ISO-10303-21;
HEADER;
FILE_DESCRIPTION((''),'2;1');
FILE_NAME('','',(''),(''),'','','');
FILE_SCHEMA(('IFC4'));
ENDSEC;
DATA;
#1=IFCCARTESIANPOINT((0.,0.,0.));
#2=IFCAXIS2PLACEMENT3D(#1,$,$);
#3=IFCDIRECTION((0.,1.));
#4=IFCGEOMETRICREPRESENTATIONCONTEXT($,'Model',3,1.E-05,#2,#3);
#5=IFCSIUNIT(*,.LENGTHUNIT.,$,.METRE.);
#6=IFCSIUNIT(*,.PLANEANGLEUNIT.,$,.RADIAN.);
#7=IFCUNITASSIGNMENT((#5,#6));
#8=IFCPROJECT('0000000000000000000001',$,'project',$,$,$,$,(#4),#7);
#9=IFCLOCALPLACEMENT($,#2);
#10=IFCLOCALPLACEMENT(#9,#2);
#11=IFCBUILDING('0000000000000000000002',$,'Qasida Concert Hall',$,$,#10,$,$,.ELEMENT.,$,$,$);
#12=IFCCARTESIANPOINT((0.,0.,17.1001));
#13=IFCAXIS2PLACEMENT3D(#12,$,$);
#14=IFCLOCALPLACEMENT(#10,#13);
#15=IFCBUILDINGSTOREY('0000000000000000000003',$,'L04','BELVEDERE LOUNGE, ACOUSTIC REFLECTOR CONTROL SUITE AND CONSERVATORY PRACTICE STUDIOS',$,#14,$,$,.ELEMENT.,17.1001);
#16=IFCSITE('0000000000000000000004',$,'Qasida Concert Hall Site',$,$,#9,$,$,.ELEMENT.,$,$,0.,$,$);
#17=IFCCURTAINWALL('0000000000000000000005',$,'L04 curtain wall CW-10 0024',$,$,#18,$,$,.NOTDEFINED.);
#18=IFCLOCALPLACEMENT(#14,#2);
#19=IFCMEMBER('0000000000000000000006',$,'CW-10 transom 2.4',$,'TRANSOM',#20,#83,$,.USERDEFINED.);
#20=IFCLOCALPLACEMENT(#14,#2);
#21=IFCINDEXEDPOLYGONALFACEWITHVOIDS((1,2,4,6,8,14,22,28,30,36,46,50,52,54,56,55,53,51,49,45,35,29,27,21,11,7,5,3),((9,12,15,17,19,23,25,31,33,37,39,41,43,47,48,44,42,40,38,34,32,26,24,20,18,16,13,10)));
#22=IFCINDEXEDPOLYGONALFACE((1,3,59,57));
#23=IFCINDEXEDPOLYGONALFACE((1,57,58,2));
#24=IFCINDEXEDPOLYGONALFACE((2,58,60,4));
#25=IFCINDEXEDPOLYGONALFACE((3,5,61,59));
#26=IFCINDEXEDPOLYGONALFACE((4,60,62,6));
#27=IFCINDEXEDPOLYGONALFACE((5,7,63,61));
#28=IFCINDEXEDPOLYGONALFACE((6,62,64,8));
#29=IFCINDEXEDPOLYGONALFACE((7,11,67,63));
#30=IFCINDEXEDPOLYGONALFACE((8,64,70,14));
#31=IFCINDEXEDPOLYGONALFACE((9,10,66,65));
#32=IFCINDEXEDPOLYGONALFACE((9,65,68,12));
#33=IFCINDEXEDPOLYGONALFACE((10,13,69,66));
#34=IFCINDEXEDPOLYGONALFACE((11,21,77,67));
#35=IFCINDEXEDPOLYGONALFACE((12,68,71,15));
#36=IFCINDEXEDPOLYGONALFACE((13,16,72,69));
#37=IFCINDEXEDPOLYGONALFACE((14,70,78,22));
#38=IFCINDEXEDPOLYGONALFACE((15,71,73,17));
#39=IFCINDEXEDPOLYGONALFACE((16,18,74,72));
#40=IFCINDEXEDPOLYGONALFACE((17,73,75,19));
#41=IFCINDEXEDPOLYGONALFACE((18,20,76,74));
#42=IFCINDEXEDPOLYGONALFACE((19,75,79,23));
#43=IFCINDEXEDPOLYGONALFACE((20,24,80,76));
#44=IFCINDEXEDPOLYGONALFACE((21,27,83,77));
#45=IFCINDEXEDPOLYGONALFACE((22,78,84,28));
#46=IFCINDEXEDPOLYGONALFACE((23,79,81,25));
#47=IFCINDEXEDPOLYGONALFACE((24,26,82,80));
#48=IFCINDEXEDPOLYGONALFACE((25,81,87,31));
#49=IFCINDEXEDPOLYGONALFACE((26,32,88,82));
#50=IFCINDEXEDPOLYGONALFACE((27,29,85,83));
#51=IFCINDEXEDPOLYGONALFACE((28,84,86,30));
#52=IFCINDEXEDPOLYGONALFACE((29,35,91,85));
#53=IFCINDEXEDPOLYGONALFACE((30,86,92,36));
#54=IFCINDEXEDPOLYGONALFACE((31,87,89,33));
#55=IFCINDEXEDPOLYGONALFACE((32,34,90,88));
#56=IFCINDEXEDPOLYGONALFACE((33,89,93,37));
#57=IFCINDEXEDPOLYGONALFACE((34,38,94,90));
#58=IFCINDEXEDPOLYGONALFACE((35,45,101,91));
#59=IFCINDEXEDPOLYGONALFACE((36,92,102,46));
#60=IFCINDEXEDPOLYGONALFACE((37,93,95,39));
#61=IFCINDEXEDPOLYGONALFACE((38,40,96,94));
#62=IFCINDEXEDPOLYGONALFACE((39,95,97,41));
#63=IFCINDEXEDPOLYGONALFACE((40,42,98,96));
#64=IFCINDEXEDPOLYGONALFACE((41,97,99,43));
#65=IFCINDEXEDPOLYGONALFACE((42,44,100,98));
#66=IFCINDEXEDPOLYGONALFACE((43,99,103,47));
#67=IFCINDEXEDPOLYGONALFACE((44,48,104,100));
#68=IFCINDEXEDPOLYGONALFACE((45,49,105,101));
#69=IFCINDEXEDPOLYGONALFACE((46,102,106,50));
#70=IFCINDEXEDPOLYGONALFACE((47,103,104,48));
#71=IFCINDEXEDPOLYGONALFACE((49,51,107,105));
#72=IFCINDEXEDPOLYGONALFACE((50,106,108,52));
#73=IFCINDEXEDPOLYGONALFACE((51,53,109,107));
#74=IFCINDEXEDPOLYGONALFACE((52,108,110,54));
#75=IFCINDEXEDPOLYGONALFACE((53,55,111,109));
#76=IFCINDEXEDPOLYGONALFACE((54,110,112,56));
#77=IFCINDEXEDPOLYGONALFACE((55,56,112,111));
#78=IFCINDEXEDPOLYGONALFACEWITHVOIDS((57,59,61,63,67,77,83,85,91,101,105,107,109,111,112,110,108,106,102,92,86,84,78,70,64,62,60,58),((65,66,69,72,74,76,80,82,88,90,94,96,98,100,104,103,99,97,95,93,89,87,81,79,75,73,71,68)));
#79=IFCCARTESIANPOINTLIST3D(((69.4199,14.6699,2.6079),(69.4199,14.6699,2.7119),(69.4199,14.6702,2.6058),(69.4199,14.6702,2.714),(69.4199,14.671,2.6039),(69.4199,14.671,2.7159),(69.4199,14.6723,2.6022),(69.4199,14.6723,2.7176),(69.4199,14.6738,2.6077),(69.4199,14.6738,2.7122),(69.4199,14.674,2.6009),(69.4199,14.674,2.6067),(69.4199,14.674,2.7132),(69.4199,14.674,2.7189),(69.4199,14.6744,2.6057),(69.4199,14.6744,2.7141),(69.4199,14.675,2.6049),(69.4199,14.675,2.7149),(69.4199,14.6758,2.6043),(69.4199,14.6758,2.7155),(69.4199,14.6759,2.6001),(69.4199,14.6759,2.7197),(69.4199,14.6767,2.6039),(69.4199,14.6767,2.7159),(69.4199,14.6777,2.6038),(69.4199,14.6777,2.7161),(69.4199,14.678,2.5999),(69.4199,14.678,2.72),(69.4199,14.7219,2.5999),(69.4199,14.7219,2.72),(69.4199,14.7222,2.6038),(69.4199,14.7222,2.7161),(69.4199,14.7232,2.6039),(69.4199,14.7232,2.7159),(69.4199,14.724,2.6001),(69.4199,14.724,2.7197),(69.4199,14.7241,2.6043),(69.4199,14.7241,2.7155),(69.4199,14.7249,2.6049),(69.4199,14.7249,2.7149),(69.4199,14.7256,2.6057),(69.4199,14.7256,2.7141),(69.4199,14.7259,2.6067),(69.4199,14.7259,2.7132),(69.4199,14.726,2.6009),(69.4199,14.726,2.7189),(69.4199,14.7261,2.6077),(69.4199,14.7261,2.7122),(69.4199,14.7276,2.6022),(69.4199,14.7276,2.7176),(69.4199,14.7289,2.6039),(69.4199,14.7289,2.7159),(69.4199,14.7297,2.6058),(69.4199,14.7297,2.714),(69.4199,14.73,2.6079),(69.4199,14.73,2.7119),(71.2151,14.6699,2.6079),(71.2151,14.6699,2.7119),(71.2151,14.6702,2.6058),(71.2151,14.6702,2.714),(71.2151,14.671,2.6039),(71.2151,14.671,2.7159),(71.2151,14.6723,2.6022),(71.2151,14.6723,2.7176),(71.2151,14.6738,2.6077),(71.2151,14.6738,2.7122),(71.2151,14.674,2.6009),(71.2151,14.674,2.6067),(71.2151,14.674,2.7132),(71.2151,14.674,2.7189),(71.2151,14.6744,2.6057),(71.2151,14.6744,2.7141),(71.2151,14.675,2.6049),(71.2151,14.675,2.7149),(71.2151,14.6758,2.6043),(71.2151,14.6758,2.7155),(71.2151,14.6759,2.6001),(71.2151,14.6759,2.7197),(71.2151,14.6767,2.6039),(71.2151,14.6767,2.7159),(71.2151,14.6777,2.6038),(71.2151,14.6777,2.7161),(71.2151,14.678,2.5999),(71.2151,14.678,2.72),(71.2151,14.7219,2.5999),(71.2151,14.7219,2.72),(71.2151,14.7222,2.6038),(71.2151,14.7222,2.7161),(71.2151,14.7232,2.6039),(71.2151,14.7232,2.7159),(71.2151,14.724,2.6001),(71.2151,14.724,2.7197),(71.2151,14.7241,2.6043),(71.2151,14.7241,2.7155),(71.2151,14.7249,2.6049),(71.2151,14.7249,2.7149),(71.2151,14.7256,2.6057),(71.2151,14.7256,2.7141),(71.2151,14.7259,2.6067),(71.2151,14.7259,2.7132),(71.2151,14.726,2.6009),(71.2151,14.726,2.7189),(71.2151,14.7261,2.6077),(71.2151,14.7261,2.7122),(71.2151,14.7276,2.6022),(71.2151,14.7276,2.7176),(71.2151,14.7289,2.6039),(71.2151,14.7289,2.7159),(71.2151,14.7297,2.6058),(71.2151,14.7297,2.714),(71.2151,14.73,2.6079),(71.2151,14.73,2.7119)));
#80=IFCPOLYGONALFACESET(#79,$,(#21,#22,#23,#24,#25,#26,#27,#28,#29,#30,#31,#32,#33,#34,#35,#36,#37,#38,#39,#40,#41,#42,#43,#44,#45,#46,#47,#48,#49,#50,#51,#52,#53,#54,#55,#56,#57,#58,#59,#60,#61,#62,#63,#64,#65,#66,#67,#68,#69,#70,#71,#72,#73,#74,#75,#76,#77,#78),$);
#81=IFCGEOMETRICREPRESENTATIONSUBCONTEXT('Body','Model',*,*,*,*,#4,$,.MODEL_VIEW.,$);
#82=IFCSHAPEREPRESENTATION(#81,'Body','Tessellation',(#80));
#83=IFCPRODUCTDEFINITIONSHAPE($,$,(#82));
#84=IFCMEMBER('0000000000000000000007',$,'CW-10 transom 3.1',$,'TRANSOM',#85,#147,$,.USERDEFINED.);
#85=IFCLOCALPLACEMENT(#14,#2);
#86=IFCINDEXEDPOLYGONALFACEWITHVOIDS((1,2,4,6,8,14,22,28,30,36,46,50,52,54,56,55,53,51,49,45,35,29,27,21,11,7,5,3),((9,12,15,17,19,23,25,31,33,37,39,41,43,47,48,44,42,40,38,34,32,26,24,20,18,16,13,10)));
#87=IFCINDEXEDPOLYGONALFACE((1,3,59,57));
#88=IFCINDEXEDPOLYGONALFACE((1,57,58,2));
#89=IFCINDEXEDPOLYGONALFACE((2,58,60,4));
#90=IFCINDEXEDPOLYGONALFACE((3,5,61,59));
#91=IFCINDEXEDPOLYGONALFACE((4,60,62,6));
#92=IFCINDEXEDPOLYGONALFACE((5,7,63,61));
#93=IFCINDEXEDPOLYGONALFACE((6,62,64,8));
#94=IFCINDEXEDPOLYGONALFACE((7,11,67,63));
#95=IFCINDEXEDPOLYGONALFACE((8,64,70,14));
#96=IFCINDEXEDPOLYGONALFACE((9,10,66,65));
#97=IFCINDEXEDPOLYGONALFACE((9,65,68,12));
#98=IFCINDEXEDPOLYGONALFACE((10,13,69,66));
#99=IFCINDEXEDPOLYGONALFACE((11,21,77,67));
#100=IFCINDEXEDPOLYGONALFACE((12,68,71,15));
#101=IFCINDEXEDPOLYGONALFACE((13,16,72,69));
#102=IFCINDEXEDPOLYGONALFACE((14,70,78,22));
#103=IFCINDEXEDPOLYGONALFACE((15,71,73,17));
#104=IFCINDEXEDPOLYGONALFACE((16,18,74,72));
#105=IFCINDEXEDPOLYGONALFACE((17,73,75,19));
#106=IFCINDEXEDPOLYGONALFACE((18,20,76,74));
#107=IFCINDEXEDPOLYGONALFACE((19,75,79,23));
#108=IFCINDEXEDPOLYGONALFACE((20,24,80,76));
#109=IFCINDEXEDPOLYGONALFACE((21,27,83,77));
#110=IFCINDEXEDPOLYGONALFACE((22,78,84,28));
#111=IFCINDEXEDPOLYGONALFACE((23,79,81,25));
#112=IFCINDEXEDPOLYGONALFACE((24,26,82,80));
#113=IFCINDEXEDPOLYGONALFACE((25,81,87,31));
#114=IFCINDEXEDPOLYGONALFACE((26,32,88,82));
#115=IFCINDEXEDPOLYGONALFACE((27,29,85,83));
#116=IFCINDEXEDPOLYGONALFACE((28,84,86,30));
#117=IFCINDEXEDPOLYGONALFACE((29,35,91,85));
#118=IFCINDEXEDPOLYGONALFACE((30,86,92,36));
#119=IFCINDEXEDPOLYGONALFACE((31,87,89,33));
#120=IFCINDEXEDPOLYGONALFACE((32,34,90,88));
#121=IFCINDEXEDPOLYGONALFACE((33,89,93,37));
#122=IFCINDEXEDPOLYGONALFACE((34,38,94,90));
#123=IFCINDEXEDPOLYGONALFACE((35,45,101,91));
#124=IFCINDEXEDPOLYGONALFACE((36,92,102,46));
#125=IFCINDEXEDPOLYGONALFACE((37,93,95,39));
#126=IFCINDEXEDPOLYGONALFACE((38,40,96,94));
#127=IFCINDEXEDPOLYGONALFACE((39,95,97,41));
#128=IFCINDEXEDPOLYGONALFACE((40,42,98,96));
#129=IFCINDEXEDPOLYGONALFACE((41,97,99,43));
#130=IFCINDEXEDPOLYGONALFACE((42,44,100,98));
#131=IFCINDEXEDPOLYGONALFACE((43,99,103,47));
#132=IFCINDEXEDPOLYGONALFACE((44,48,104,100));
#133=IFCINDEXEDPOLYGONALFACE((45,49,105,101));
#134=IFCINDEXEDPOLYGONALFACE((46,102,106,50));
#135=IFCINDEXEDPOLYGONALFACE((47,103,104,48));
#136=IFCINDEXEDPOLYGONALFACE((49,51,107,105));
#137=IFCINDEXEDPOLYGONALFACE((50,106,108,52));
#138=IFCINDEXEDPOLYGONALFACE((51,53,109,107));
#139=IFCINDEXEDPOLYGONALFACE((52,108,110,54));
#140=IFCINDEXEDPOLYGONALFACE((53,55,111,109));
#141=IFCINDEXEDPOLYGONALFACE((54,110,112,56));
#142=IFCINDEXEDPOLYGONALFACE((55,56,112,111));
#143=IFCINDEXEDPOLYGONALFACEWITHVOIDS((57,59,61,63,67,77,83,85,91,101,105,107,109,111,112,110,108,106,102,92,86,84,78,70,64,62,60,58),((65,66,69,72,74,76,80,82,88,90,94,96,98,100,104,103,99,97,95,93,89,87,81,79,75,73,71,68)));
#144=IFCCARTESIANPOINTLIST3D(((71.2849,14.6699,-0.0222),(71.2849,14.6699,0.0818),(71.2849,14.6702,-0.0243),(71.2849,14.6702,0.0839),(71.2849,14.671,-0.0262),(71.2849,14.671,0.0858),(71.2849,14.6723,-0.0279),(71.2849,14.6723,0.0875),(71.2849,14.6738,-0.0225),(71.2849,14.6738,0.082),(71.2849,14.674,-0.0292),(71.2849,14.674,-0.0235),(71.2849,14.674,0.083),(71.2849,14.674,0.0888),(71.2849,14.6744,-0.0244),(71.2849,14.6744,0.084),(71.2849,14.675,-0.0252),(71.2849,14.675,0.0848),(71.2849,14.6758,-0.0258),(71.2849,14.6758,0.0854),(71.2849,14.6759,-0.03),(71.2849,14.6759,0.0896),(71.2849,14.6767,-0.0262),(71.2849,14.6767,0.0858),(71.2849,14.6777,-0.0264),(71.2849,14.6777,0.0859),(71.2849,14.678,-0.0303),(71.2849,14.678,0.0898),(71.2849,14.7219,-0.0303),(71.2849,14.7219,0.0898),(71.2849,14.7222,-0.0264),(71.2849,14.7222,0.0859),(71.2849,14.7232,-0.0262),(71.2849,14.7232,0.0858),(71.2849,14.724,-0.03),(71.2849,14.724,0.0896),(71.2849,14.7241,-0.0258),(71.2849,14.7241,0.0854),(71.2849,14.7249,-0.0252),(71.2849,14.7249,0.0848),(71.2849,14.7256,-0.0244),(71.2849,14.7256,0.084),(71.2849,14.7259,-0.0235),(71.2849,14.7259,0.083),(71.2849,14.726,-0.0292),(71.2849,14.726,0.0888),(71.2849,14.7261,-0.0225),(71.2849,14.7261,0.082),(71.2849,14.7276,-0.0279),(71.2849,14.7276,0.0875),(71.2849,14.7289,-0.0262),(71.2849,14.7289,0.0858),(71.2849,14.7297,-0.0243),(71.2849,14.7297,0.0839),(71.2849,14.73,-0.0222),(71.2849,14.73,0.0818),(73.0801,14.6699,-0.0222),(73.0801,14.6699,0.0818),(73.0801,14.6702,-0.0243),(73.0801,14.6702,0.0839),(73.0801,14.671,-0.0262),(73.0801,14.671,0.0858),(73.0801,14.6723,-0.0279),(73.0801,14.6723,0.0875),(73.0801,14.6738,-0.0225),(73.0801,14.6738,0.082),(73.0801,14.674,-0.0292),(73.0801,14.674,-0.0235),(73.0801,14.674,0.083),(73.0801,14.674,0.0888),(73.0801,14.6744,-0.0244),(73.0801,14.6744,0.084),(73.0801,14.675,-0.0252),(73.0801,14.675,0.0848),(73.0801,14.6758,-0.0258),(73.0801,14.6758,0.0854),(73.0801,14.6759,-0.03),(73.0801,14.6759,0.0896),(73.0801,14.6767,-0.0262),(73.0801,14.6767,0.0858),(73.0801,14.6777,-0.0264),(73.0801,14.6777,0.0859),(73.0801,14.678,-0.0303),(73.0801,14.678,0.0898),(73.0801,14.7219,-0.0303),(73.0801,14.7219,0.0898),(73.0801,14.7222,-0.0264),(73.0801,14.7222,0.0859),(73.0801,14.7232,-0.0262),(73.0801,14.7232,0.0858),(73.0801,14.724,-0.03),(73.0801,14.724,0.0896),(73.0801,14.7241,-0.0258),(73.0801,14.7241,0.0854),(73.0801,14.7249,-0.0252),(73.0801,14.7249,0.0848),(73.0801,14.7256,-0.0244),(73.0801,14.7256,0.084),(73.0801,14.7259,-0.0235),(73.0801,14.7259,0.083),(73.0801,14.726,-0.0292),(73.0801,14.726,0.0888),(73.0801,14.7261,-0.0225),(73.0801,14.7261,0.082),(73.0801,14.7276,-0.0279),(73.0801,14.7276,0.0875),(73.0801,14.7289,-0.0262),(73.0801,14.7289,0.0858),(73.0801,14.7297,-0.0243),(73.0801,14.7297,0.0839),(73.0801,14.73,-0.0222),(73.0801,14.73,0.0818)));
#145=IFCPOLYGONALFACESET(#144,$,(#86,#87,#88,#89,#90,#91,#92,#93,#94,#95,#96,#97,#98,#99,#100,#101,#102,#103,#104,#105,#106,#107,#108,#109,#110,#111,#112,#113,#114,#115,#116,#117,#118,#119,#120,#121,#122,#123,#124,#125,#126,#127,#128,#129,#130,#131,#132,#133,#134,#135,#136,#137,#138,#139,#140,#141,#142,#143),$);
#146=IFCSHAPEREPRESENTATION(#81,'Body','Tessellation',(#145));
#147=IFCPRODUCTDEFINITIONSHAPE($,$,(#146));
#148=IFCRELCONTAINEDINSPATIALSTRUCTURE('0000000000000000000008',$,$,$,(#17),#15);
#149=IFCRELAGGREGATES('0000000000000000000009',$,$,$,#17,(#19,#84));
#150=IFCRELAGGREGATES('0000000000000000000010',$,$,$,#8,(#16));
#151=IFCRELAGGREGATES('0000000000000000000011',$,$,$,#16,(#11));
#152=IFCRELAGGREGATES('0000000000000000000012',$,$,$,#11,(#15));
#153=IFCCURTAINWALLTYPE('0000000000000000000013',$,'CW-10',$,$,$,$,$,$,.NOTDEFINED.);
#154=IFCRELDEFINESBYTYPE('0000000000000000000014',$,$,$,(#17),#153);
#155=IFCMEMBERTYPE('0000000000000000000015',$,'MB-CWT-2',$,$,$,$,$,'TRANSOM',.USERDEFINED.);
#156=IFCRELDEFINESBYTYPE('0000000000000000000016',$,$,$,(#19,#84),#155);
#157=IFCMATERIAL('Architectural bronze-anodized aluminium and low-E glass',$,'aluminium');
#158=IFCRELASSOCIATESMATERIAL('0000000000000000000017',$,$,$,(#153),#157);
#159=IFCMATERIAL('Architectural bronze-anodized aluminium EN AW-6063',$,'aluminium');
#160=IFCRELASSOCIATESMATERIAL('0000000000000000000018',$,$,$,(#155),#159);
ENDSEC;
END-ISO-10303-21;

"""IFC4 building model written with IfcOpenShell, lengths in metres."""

from ifc_helpers import new_model, si_unit, direction, frame, origin, origin_2d, place, context, subcontext, project, spatial, hollow_rectangle, extrude, material, material_profile, profile_set, type_object, element, aggregate, save


model = new_model("IFC4")

# Units and contexts
model_context = context("Model", 3, precision=1e-05, world=origin(), true_north=direction((0.0, 1.0)))
body_context = subcontext(model_context, "Body", "Model", "MODEL_VIEW")
ifc_project = project(units=[si_unit("LENGTHUNIT", "METRE"), si_unit("PLANEANGLEUNIT", "RADIAN")], contexts=[model_context])

# Site, building, storey
site_placement = place(None, origin())
site = spatial("IfcSite", under=ifc_project, at=site_placement, Name="Qasida Concert Hall Site", CompositionType="ELEMENT", RefElevation=0.0)
building_placement = place(site_placement, origin())
building = spatial("IfcBuilding", under=site, at=building_placement, Name="Qasida Concert Hall", CompositionType="ELEMENT")
storey_placement = place(building_placement, frame((0.0, 0.0, 17.1001)))
storey = spatial("IfcBuildingStorey", under=building, at=storey_placement, Name="L04", Description="BELVEDERE LOUNGE, ACOUSTIC REFLECTOR CONTROL SUITE AND CONSERVATORY PRACTICE STUDIOS", CompositionType="ELEMENT", Elevation=17.1001)

# Curtain wall, members
ifc_material_1 = material(Name="Architectural bronze-anodized aluminium and low-E glass", Category="aluminium")
curtain_wall_type = type_object("IfcCurtainWallType", Name="CW-10", PredefinedType="NOTDEFINED", material=ifc_material_1)
curtain_wall_placement = place(storey_placement, origin())
curtain_wall = element("IfcCurtainWall", 1, at=curtain_wall_placement, inside=storey, type_object=curtain_wall_type, Name="L04 curtain wall CW-10 0024", PredefinedType="NOTDEFINED")
ifc_material_2 = material(Name="Architectural bronze-anodized aluminium EN AW-6063", Category="aluminium")
ifc_material_profile_1 = material_profile(ifc_material_2, hollow_rectangle(XDim=0.0601, YDim=0.1201, WallThickness=0.0039, InnerFilletRadius=0.0039, OuterFilletRadius=0.0081, at=origin_2d()), Name="CWT 120x60x4")
ifc_profile_set_1 = profile_set([ifc_material_profile_1], Name="Architectural bronze-anodized aluminium EN AW-6063")
member_type_1 = type_object("IfcMemberType", Name="MB-CWT-2", ElementType="TRANSOM", PredefinedType="USERDEFINED", material=ifc_profile_set_1)
member_1_placement = place(storey_placement, frame((69.4199, 14.7, 2.6599), z_axis=(1.0, 0.0, 0.0), x_axis=(0.0, 1.0, 0.0)))
member_1 = element("IfcMember", 2, at=member_1_placement, type_object=member_type_1, Name="CW-10 transom 2.4", ObjectType="TRANSOM", PredefinedType="USERDEFINED", context=body_context, shape_type="SweptSolid", body=[
    extrude(hollow_rectangle(XDim=0.0601, YDim=0.1201, WallThickness=0.0039, InnerFilletRadius=0.0039, OuterFilletRadius=0.0081, at=origin_2d()), origin(), (0.0, 0.0, 1.0), 1.7952),
])
member_2_placement = place(storey_placement, frame((71.2849, 14.7, 0.0298), z_axis=(1.0, 0.0, 0.0), x_axis=(0.0, 1.0, 0.0)))
member_2 = element("IfcMember", 3, at=member_2_placement, type_object=member_type_1, Name="CW-10 transom 3.1", ObjectType="TRANSOM", PredefinedType="USERDEFINED", context=body_context, shape_type="SweptSolid", body=[
    extrude(hollow_rectangle(XDim=0.0601, YDim=0.1201, WallThickness=0.0039, InnerFilletRadius=0.0039, OuterFilletRadius=0.0081, at=origin_2d()), origin(), (0.0, 0.0, 1.0), 1.7952),
])
aggregate(curtain_wall, [member_1, member_2])

save(model, "model.ifc")
